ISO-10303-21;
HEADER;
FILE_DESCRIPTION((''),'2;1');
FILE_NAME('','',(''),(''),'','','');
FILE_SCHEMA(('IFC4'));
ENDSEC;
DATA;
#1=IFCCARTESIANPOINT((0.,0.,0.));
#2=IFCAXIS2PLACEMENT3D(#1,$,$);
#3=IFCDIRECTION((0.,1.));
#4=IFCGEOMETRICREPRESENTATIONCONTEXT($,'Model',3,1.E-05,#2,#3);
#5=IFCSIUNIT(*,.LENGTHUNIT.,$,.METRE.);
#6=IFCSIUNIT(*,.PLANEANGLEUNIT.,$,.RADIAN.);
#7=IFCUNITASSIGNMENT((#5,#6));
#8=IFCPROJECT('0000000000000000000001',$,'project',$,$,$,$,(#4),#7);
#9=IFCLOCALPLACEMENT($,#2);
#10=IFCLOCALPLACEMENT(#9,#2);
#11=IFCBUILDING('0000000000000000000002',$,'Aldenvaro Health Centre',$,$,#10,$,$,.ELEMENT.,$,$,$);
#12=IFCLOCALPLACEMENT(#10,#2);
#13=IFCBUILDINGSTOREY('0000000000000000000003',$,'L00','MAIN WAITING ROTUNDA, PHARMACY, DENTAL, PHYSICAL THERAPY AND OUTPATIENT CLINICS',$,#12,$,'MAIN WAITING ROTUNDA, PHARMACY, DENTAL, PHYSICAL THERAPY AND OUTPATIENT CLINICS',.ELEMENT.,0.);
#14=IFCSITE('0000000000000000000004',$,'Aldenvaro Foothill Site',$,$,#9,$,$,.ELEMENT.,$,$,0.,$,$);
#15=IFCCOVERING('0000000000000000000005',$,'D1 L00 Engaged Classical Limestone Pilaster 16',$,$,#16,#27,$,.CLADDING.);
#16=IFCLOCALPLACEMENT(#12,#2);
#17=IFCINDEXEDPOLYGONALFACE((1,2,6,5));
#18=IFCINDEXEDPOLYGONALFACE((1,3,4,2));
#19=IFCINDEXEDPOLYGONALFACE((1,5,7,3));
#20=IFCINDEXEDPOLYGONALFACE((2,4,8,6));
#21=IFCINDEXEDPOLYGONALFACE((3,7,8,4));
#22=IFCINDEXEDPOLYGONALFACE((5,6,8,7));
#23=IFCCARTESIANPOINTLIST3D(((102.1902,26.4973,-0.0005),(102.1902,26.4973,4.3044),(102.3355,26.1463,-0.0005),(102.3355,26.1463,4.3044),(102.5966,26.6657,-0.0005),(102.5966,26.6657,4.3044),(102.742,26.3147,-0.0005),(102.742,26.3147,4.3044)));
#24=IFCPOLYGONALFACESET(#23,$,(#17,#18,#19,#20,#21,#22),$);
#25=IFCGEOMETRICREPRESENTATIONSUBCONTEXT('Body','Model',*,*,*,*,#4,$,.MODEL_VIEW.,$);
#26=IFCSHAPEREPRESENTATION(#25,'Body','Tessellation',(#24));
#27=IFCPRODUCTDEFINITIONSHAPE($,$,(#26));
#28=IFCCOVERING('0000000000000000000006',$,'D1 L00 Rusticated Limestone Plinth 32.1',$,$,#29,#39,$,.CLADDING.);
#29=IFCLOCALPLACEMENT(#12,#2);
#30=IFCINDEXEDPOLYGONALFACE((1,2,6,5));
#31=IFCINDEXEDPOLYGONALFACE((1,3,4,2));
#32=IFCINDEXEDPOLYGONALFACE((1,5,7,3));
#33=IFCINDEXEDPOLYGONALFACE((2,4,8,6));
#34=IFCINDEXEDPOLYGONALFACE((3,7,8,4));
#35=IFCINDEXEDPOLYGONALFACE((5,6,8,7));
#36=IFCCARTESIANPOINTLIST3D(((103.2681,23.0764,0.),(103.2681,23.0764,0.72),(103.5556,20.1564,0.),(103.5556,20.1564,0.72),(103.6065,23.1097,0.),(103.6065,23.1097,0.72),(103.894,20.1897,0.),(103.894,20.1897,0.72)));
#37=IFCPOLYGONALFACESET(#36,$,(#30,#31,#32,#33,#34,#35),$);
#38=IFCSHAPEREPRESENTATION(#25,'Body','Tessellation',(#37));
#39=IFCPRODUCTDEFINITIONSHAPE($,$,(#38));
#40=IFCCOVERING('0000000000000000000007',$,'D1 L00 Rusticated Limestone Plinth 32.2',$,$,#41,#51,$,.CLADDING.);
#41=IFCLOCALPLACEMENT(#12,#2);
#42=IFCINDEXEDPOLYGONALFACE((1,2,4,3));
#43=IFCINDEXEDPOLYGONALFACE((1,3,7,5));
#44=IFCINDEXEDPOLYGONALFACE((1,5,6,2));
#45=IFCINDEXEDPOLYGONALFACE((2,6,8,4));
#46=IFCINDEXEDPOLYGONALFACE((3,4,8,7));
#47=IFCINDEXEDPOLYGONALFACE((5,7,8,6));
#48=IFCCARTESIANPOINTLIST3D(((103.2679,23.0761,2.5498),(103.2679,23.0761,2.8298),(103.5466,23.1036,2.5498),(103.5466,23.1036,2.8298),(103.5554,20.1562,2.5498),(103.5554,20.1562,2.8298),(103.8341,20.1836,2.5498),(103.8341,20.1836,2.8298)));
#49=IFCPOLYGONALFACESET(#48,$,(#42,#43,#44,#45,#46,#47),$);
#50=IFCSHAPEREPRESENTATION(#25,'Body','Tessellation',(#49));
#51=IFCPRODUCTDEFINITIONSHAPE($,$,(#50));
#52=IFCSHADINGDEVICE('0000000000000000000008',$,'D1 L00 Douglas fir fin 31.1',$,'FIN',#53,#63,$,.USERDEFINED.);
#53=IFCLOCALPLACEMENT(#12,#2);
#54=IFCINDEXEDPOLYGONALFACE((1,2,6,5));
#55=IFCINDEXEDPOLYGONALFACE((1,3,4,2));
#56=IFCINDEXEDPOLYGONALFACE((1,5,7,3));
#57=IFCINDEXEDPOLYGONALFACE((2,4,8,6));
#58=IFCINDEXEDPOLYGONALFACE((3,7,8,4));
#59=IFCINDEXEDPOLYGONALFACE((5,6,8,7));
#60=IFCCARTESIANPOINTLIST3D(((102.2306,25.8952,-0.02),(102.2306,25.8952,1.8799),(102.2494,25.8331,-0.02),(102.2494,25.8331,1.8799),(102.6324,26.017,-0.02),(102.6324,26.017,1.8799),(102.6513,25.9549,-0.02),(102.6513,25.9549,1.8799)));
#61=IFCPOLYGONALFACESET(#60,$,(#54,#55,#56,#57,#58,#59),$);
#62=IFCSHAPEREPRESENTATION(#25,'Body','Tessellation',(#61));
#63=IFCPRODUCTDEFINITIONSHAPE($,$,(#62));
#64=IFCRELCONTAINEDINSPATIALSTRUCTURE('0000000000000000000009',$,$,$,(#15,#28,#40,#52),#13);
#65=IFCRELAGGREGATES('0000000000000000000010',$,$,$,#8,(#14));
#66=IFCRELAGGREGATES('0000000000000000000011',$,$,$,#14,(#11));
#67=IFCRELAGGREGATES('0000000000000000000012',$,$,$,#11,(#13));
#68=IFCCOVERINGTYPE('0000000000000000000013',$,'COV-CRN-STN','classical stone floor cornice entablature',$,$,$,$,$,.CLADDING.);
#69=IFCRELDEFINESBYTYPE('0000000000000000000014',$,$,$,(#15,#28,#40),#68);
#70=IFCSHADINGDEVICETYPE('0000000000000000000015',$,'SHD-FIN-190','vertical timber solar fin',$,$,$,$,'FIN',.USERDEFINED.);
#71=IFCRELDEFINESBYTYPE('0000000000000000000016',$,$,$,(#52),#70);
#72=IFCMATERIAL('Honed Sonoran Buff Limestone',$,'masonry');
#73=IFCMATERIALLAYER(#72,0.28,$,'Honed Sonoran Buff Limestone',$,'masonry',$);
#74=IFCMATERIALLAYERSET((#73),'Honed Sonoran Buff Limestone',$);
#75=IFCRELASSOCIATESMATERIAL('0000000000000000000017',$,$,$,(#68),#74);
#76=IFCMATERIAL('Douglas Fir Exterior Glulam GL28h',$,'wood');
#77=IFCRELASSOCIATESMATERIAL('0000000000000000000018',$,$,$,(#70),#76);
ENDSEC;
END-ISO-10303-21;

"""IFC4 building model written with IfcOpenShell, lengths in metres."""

from ifc_helpers import new_model, si_unit, direction, frame, origin, origin_2d, place, context, subcontext, project, spatial, rectangle, extrude, material, layer, layer_set, type_object, element, save


model = new_model("IFC4")

# Units and contexts
model_context = context("Model", 3, precision=1e-05, world=origin(), true_north=direction((0.0, 1.0)))
body_context = subcontext(model_context, "Body", "Model", "MODEL_VIEW")
ifc_project = project(units=[si_unit("LENGTHUNIT", "METRE"), si_unit("PLANEANGLEUNIT", "RADIAN")], contexts=[model_context])

# Site, building, storey
site_placement = place(None, origin())
site = spatial("IfcSite", under=ifc_project, at=site_placement, Name="Aldenvaro Foothill Site", CompositionType="ELEMENT", RefElevation=0.0)
building_placement = place(site_placement, origin())
building = spatial("IfcBuilding", under=site, at=building_placement, Name="Aldenvaro Health Centre", CompositionType="ELEMENT")
storey_placement = place(building_placement, origin())
storey = spatial("IfcBuildingStorey", under=building, at=storey_placement, Name="L00", Description="MAIN WAITING ROTUNDA, PHARMACY, DENTAL, PHYSICAL THERAPY AND OUTPATIENT CLINICS", LongName="MAIN WAITING ROTUNDA, PHARMACY, DENTAL, PHYSICAL THERAPY AND OUTPATIENT CLINICS", CompositionType="ELEMENT", Elevation=0.0)

# Coverings
ifc_material_1 = material(Name="Honed Sonoran Buff Limestone", Category="masonry")
ifc_layer_1 = layer(ifc_material_1, 0.28, Name="Honed Sonoran Buff Limestone", Category="masonry")
ifc_layer_set_1 = layer_set([ifc_layer_1], Name="Honed Sonoran Buff Limestone")
covering_type = type_object("IfcCoveringType", Name="COV-CRN-STN", Description="classical stone floor cornice entablature", PredefinedType="CLADDING", material=ifc_layer_set_1)
covering_1_placement = place(storey_placement, frame((102.4661, 26.406, -0.0005), z_axis=(0.0, 0.0, 1.0), x_axis=(0.923883, 0.382675, 0.0)))
element("IfcCovering", 1, at=covering_1_placement, inside=storey, type_object=covering_type, Name="D1 L00 Engaged Classical Limestone Pilaster 16", PredefinedType="CLADDING", context=body_context, shape_type="SweptSolid", body=[
    extrude(rectangle(XDim=0.4399, YDim=0.3799, at=origin_2d()), origin(), (0.0, 0.0, 1.0), 4.3049),
])
covering_2_placement = place(storey_placement, frame((103.5811, 21.6331, 0.0), z_axis=(0.0, 0.0, 1.0), x_axis=(0.097994, -0.995187, 0.0)))
element("IfcCovering", 2, at=covering_2_placement, inside=storey, type_object=covering_type, Name="D1 L00 Rusticated Limestone Plinth 32.1", PredefinedType="CLADDING", context=body_context, shape_type="SweptSolid", body=[
    extrude(rectangle(XDim=2.9341, YDim=0.3401, at=origin_2d()), origin(), (0.0, 0.0, 1.0), 0.72),
])
covering_3_placement = place(storey_placement, frame((103.551, 21.6299, 2.5498), z_axis=(0.0, 0.0, 1.0), x_axis=(0.097994, -0.995187, 0.0)))
element("IfcCovering", 3, at=covering_3_placement, inside=storey, type_object=covering_type, Name="D1 L00 Rusticated Limestone Plinth 32.2", PredefinedType="CLADDING", context=body_context, shape_type="SweptSolid", body=[
    extrude(rectangle(XDim=2.9341, YDim=0.28, at=origin_2d()), origin(), (0.0, 0.0, 1.0), 0.28),
])

# Shading device
ifc_material_2 = material(Name="Douglas Fir Exterior Glulam GL28h", Category="wood")
shading_device_type = type_object("IfcShadingDeviceType", Name="SHD-FIN-190", Description="vertical timber solar fin", ElementType="FIN", PredefinedType="USERDEFINED", material=ifc_material_2)
shading_device_placement = place(storey_placement, frame((102.4409, 25.925, -0.02), z_axis=(0.0, 0.0, 1.0), x_axis=(0.290171, -0.956975, 0.0)))
element("IfcShadingDevice", 4, at=shading_device_placement, inside=storey, type_object=shading_device_type, Name="D1 L00 Douglas fir fin 31.1", ObjectType="FIN", PredefinedType="USERDEFINED", context=body_context, shape_type="SweptSolid", body=[
    extrude(rectangle(XDim=0.0649, YDim=0.4199, at=origin_2d()), origin(), (0.0, 0.0, 1.0), 1.8999),
])

save(model, "model.ifc")
